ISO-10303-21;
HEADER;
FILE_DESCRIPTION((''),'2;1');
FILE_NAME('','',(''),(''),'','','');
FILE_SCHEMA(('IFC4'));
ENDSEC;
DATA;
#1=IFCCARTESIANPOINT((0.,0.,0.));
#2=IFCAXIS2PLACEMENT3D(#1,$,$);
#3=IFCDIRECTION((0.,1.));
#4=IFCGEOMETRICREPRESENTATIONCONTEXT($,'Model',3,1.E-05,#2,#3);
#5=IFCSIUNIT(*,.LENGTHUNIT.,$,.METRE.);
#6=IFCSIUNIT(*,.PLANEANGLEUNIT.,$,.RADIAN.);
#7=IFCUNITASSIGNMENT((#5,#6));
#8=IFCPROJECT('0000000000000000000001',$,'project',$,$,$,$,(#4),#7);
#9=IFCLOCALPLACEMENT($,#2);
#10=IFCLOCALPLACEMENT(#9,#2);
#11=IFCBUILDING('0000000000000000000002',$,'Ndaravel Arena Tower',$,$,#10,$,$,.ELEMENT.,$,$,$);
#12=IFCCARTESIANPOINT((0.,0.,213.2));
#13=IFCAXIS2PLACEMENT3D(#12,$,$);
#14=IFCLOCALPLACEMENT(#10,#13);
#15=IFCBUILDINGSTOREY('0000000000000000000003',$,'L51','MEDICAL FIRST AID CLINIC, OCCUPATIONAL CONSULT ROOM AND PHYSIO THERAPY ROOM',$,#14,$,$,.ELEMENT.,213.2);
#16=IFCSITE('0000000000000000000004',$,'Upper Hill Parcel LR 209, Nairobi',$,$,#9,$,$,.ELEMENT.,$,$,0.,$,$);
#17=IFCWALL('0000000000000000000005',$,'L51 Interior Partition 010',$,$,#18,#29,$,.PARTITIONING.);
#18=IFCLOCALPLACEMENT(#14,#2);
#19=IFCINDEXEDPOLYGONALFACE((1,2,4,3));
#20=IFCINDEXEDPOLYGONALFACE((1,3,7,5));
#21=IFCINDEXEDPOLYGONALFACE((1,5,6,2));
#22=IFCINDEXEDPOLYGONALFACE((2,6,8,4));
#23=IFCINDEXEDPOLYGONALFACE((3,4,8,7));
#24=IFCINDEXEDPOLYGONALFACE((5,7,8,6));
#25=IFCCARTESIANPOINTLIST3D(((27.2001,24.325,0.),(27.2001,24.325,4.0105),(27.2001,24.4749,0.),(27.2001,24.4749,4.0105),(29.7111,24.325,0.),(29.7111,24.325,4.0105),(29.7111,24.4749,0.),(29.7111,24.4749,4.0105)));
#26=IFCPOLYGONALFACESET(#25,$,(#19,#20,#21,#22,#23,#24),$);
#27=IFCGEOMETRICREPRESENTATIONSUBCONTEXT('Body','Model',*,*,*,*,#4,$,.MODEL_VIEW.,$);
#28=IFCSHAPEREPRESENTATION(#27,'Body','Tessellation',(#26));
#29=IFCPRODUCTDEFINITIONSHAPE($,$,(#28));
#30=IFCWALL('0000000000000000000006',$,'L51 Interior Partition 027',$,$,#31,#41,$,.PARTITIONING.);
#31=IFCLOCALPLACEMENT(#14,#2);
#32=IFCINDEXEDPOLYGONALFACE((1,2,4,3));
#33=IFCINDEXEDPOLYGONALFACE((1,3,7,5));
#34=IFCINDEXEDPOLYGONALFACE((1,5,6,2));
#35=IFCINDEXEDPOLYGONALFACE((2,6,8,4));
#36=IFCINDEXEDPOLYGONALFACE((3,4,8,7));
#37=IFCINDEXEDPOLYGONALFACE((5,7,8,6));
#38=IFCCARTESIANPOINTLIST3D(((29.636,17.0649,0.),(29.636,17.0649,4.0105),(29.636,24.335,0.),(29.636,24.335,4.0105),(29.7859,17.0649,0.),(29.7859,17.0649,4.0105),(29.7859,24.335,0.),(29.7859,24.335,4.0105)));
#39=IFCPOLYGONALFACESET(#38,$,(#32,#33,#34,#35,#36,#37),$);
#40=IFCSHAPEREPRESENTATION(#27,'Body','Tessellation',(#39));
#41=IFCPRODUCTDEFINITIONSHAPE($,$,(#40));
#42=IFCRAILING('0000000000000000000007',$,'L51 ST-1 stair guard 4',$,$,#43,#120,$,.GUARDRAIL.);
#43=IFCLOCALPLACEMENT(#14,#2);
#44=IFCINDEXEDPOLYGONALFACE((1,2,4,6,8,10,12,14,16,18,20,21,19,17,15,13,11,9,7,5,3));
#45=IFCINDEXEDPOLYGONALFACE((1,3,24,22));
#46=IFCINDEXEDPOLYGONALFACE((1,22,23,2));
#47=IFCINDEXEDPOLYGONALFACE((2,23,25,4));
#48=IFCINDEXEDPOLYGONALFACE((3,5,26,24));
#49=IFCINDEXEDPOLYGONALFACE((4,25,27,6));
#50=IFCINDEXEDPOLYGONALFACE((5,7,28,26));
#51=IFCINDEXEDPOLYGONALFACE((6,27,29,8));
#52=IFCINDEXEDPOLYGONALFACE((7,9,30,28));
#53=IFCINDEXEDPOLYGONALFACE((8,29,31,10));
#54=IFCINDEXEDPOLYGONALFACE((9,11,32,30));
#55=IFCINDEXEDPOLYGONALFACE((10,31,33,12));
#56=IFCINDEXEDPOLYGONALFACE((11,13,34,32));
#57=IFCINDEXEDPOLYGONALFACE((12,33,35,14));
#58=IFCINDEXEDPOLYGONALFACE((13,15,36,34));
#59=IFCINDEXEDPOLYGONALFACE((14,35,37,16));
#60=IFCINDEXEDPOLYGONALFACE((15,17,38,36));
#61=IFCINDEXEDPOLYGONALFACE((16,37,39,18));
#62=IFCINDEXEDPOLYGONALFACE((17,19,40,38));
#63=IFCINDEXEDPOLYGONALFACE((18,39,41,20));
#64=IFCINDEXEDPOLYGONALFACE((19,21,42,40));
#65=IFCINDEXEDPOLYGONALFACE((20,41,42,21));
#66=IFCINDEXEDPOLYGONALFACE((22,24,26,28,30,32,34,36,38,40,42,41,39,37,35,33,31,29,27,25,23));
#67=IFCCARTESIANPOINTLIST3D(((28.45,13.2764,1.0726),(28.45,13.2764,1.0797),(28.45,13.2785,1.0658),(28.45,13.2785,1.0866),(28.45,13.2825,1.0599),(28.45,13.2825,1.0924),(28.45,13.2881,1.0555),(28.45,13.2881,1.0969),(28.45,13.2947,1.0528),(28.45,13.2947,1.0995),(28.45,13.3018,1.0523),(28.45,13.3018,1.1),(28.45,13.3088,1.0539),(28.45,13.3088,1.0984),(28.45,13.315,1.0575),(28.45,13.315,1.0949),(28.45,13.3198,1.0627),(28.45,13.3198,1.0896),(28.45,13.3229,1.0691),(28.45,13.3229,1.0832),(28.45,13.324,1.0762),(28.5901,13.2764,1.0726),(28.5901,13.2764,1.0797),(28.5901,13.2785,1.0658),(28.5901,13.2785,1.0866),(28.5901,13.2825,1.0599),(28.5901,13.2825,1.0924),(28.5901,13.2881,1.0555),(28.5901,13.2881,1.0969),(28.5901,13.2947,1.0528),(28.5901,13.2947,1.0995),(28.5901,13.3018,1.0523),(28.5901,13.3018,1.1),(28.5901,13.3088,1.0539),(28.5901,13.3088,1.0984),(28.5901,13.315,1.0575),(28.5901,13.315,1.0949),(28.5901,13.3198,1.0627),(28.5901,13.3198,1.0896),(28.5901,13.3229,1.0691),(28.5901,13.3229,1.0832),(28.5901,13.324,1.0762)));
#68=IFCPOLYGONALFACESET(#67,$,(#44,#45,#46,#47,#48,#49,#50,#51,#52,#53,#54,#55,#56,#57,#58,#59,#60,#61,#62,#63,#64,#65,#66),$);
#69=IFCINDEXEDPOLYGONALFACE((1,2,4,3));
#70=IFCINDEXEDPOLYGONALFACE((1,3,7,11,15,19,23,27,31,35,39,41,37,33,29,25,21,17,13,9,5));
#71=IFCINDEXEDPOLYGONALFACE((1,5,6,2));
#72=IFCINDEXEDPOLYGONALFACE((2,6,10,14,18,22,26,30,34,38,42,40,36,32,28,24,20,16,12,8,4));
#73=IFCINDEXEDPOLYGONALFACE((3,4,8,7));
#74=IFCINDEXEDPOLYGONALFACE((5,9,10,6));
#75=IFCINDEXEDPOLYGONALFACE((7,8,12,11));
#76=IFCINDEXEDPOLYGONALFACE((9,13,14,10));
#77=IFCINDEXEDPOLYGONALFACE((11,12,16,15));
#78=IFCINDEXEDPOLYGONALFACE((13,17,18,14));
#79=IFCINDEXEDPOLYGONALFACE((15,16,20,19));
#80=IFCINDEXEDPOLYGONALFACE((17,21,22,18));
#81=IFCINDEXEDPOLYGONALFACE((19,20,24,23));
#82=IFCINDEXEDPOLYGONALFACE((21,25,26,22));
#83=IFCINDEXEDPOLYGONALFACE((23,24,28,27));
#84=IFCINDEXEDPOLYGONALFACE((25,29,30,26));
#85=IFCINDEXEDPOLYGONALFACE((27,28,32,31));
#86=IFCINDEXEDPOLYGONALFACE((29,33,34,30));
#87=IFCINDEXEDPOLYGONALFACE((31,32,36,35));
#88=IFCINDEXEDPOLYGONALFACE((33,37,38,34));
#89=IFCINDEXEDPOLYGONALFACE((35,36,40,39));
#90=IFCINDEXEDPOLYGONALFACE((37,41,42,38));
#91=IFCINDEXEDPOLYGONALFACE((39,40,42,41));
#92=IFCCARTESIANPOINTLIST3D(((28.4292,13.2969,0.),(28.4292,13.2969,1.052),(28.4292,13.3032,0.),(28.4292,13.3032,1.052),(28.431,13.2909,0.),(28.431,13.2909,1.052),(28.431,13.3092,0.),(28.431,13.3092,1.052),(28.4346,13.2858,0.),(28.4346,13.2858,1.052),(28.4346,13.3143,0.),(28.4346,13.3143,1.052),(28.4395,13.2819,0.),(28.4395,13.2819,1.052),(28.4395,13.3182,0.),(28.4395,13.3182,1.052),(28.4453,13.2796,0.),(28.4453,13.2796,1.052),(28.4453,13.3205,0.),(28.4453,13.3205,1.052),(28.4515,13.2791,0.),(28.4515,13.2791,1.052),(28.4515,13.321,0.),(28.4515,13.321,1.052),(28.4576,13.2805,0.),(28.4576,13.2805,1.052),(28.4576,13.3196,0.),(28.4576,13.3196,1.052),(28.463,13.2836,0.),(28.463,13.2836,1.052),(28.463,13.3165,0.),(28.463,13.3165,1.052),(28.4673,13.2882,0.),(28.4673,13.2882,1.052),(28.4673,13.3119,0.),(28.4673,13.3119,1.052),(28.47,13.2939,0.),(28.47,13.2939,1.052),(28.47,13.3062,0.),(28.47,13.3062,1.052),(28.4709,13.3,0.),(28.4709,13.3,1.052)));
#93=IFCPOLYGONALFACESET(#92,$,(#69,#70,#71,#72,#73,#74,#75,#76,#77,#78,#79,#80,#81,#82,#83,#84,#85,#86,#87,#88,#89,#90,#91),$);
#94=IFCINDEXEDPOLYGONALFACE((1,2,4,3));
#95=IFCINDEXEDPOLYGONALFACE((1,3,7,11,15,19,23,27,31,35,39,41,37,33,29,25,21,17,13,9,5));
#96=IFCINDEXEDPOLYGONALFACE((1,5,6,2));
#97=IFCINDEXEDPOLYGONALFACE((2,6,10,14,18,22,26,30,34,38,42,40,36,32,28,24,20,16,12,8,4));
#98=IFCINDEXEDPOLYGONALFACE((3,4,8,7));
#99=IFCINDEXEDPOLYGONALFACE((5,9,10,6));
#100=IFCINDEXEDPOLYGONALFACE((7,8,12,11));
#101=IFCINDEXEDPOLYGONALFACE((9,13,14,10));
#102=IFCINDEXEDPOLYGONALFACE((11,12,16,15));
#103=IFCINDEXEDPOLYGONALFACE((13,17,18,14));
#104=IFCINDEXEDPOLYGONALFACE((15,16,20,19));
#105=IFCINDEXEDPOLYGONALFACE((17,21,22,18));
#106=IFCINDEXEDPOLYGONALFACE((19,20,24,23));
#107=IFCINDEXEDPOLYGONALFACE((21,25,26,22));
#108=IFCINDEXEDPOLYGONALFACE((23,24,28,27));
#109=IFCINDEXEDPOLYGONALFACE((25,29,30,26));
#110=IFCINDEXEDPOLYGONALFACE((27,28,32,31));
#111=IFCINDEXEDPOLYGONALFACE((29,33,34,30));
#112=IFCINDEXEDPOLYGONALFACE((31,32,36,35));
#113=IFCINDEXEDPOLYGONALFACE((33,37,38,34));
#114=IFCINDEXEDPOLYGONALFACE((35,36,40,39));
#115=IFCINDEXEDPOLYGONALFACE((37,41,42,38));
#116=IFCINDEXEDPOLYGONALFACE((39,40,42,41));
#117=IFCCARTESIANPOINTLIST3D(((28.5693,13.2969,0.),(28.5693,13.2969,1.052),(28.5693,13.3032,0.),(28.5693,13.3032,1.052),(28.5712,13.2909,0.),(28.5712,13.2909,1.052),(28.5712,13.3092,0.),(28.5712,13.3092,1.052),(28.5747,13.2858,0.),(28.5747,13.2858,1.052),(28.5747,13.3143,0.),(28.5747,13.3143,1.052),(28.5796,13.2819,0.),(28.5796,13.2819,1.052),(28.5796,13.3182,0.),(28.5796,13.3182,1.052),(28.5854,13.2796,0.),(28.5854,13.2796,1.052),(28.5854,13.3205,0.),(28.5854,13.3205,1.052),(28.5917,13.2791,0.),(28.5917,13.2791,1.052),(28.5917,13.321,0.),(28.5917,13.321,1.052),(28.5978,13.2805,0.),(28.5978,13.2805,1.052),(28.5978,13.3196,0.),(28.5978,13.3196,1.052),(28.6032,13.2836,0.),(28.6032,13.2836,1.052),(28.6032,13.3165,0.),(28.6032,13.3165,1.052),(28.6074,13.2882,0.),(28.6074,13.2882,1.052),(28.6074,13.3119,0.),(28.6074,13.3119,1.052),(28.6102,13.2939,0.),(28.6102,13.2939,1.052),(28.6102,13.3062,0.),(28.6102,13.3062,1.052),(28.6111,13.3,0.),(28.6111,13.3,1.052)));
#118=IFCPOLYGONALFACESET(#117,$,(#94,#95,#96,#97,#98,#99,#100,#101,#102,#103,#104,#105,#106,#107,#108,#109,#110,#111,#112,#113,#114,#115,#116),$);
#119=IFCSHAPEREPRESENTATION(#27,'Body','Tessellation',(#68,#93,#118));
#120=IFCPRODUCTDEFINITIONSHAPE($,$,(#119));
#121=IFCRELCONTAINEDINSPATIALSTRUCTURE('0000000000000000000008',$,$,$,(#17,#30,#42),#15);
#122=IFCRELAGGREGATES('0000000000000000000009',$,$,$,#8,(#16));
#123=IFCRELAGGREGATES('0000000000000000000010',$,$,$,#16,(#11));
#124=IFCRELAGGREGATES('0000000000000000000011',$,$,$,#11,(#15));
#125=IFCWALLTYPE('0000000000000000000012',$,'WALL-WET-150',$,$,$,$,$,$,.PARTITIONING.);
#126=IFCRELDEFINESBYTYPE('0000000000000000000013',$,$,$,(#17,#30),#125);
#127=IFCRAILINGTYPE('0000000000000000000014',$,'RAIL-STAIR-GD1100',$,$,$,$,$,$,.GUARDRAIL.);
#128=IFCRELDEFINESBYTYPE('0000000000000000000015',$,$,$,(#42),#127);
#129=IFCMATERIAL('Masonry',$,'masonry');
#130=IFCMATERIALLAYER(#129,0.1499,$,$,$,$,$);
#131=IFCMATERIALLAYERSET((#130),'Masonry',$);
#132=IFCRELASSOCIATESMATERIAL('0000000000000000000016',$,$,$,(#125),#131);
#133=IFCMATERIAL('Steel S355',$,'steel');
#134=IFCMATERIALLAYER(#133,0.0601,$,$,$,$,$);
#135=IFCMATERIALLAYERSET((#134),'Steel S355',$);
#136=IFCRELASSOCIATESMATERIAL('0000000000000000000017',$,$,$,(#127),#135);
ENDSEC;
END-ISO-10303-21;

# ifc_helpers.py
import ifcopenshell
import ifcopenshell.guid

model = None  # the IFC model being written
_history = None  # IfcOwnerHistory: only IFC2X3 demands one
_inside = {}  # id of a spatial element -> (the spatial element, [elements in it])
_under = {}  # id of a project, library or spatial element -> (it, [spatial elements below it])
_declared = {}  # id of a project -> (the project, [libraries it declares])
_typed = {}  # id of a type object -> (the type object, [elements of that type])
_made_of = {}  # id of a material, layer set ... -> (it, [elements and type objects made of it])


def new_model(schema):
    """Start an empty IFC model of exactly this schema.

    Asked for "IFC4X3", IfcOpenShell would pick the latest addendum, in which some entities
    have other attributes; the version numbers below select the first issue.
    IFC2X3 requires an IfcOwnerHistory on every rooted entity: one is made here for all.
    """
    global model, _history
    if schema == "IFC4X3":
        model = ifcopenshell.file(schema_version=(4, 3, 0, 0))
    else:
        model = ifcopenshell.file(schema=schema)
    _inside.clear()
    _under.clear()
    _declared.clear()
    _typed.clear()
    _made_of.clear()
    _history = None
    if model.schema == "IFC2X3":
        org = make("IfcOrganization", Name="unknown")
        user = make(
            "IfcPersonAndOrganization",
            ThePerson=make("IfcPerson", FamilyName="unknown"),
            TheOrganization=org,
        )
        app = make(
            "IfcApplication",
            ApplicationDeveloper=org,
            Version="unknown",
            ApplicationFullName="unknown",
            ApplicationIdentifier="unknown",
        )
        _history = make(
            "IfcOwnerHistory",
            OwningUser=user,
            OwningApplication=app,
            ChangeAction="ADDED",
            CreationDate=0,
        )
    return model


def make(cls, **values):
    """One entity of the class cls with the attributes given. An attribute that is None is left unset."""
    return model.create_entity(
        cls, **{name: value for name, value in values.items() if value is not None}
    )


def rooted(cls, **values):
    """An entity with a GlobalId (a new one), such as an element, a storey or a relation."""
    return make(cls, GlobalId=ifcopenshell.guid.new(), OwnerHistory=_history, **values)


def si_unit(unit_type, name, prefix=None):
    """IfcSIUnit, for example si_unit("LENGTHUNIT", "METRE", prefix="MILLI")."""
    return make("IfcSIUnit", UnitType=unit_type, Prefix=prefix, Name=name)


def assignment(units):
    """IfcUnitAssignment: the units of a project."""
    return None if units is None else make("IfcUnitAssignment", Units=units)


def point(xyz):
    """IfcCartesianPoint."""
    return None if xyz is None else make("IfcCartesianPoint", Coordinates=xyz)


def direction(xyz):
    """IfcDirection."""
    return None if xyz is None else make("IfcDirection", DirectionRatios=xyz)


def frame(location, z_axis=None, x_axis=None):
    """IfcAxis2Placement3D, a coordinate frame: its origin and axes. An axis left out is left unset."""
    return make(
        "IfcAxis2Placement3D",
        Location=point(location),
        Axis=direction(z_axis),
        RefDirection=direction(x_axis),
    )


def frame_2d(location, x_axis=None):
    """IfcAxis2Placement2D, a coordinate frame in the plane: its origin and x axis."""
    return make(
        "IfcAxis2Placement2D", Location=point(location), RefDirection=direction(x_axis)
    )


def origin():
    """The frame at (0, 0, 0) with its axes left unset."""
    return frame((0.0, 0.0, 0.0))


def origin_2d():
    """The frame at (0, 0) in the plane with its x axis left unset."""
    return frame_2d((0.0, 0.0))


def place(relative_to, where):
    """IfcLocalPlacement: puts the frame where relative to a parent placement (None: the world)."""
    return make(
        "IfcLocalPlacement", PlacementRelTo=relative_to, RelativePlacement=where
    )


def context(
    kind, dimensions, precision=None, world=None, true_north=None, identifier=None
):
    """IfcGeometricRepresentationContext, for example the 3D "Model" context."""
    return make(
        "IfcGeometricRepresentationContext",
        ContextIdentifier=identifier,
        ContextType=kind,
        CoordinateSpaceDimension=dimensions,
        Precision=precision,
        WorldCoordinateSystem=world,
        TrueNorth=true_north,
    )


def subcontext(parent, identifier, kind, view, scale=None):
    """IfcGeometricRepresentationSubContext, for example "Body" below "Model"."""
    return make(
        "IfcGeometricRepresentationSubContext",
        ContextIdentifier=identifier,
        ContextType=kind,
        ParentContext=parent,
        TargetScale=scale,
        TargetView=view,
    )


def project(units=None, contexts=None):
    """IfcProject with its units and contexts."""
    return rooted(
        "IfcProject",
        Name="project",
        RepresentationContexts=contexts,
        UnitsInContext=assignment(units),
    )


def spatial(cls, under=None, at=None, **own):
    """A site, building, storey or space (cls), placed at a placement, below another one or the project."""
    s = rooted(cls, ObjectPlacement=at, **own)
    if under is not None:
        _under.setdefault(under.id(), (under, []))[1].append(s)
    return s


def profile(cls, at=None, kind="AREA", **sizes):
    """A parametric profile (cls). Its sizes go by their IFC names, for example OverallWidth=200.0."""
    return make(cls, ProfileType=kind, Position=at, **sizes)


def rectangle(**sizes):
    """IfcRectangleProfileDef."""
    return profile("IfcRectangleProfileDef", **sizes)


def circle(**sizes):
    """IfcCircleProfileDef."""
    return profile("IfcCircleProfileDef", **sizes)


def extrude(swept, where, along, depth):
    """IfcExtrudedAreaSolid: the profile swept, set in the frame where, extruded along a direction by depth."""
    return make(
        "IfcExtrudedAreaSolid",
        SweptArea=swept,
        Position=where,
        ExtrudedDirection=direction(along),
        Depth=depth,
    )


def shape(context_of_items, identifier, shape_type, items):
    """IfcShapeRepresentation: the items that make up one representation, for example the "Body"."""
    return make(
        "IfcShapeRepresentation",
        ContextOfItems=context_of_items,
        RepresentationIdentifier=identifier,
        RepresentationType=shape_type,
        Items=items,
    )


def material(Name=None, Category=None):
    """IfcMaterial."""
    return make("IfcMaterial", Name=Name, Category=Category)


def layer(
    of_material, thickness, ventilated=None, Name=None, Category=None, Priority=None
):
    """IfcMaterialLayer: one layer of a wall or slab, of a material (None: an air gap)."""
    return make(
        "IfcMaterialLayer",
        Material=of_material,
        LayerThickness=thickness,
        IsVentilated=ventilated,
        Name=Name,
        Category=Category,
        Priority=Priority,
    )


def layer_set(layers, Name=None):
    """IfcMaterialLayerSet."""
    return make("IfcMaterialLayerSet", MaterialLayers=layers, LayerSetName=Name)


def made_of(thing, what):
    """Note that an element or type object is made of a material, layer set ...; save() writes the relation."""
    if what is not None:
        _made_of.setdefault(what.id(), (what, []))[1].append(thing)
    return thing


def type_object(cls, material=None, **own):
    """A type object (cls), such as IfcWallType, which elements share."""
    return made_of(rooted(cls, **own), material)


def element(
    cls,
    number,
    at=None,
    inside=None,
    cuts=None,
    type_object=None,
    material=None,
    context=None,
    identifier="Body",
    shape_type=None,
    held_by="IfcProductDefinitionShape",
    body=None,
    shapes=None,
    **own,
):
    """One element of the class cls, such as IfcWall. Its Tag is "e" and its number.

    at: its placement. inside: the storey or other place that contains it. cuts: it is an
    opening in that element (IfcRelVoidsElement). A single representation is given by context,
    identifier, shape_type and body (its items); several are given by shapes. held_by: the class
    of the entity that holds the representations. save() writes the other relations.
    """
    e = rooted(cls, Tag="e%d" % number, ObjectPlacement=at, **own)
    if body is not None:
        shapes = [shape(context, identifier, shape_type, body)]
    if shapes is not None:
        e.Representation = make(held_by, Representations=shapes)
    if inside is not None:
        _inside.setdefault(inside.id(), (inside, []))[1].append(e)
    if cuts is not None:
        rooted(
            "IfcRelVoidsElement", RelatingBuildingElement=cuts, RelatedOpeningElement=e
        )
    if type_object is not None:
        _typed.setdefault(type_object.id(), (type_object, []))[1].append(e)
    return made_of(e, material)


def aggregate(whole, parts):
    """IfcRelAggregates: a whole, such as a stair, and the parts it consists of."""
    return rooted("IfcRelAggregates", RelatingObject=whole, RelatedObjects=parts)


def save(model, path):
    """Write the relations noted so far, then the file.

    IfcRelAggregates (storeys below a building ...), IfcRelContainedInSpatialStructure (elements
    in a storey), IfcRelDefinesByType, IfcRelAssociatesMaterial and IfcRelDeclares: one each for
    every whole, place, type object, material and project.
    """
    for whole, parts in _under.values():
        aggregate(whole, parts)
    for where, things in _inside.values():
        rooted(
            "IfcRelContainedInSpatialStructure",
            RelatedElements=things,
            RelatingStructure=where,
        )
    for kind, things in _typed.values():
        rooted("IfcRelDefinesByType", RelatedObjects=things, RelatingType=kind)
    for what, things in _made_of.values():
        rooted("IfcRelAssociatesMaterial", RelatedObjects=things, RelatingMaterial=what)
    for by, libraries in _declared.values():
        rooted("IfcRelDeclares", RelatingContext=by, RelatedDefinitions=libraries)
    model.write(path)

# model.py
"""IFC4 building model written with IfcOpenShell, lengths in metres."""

from ifc_helpers import new_model, si_unit, direction, frame, frame_2d, origin, origin_2d, place, context, subcontext, project, spatial, rectangle, circle, extrude, material, layer, layer_set, type_object, element, save


model = new_model("IFC4")

# Units and contexts
model_context = context("Model", 3, precision=1e-05, world=origin(), true_north=direction((0.0, 1.0)))
body_context = subcontext(model_context, "Body", "Model", "MODEL_VIEW")
ifc_project = project(units=[si_unit("LENGTHUNIT", "METRE"), si_unit("PLANEANGLEUNIT", "RADIAN")], contexts=[model_context])

# Site, building, storey
site_placement = place(None, origin())
site = spatial("IfcSite", under=ifc_project, at=site_placement, Name="Upper Hill Parcel LR 209, Nairobi", CompositionType="ELEMENT", RefElevation=0.0)
building_placement = place(site_placement, origin())
building = spatial("IfcBuilding", under=site, at=building_placement, Name="Ndaravel Arena Tower", CompositionType="ELEMENT")
storey_placement = place(building_placement, frame((0.0, 0.0, 213.2)))
storey = spatial("IfcBuildingStorey", under=building, at=storey_placement, Name="L51", Description="MEDICAL FIRST AID CLINIC, OCCUPATIONAL CONSULT ROOM AND PHYSIO THERAPY ROOM", CompositionType="ELEMENT", Elevation=213.2)

# Walls
ifc_material_1 = material(Name="Masonry", Category="masonry")
ifc_layer_1 = layer(ifc_material_1, 0.1499)
ifc_layer_set_1 = layer_set([ifc_layer_1], Name="Masonry")
wall_type_1 = type_object("IfcWallType", Name="WALL-WET-150", PredefinedType="PARTITIONING", material=ifc_layer_set_1)
wall_1_placement = place(storey_placement, frame((29.7109, 24.3999, 0.0), z_axis=(0.0, 0.0, 1.0), x_axis=(-1.0, 0.0, 0.0)))
element("IfcWall", 1, at=wall_1_placement, inside=storey, type_object=wall_type_1, Name="L51 Interior Partition 010", PredefinedType="PARTITIONING", context=body_context, shape_type="SweptSolid", body=[
    extrude(rectangle(XDim=2.511, YDim=0.1499, at=frame_2d((1.2554, 0.0))), origin(), (0.0, 0.0, 1.0), 4.0105),
])
wall_2_placement = place(storey_placement, frame((29.7109, 24.335, 0.0), z_axis=(0.0, 0.0, 1.0), x_axis=(0.0, -1.0, 0.0)))
element("IfcWall", 2, at=wall_2_placement, inside=storey, type_object=wall_type_1, Name="L51 Interior Partition 027", PredefinedType="PARTITIONING", context=body_context, shape_type="SweptSolid", body=[
    extrude(rectangle(XDim=7.27, YDim=0.1499, at=frame_2d((3.635, 0.0))), origin(), (0.0, 0.0, 1.0), 4.0105),
])

# Railing
ifc_material_2 = material(Name="Steel S355", Category="steel")
ifc_layer_2 = layer(ifc_material_2, 0.0601)
ifc_layer_set_2 = layer_set([ifc_layer_2], Name="Steel S355")
railing_type = type_object("IfcRailingType", Name="RAIL-STAIR-GD1100", PredefinedType="GUARDRAIL", material=ifc_layer_set_2)
railing_1_placement = place(storey_placement, frame((28.45, 13.3, 0.0)))
element("IfcRailing", 3, at=railing_1_placement, inside=storey, type_object=railing_type, Name="L51 ST-1 stair guard 4", PredefinedType="GUARDRAIL", context=body_context, shape_type="SweptSolid", body=[
    extrude(circle(Radius=0.0239, at=origin_2d()), frame((0.0, 0.0, 1.0762), z_axis=(1.0, 0.0, 0.0), x_axis=(0.0, 1.0, 0.0)), (0.0, 0.0, 1.0), 0.1401),
    extrude(circle(Radius=0.021, at=origin_2d()), origin(), (0.0, 0.0, 1.0), 1.052),
    extrude(circle(Radius=0.021, at=origin_2d()), frame((0.1401, 0.0, 0.0)), (0.0, 0.0, 1.0), 1.052),
])

save(model, "model.ifc")
